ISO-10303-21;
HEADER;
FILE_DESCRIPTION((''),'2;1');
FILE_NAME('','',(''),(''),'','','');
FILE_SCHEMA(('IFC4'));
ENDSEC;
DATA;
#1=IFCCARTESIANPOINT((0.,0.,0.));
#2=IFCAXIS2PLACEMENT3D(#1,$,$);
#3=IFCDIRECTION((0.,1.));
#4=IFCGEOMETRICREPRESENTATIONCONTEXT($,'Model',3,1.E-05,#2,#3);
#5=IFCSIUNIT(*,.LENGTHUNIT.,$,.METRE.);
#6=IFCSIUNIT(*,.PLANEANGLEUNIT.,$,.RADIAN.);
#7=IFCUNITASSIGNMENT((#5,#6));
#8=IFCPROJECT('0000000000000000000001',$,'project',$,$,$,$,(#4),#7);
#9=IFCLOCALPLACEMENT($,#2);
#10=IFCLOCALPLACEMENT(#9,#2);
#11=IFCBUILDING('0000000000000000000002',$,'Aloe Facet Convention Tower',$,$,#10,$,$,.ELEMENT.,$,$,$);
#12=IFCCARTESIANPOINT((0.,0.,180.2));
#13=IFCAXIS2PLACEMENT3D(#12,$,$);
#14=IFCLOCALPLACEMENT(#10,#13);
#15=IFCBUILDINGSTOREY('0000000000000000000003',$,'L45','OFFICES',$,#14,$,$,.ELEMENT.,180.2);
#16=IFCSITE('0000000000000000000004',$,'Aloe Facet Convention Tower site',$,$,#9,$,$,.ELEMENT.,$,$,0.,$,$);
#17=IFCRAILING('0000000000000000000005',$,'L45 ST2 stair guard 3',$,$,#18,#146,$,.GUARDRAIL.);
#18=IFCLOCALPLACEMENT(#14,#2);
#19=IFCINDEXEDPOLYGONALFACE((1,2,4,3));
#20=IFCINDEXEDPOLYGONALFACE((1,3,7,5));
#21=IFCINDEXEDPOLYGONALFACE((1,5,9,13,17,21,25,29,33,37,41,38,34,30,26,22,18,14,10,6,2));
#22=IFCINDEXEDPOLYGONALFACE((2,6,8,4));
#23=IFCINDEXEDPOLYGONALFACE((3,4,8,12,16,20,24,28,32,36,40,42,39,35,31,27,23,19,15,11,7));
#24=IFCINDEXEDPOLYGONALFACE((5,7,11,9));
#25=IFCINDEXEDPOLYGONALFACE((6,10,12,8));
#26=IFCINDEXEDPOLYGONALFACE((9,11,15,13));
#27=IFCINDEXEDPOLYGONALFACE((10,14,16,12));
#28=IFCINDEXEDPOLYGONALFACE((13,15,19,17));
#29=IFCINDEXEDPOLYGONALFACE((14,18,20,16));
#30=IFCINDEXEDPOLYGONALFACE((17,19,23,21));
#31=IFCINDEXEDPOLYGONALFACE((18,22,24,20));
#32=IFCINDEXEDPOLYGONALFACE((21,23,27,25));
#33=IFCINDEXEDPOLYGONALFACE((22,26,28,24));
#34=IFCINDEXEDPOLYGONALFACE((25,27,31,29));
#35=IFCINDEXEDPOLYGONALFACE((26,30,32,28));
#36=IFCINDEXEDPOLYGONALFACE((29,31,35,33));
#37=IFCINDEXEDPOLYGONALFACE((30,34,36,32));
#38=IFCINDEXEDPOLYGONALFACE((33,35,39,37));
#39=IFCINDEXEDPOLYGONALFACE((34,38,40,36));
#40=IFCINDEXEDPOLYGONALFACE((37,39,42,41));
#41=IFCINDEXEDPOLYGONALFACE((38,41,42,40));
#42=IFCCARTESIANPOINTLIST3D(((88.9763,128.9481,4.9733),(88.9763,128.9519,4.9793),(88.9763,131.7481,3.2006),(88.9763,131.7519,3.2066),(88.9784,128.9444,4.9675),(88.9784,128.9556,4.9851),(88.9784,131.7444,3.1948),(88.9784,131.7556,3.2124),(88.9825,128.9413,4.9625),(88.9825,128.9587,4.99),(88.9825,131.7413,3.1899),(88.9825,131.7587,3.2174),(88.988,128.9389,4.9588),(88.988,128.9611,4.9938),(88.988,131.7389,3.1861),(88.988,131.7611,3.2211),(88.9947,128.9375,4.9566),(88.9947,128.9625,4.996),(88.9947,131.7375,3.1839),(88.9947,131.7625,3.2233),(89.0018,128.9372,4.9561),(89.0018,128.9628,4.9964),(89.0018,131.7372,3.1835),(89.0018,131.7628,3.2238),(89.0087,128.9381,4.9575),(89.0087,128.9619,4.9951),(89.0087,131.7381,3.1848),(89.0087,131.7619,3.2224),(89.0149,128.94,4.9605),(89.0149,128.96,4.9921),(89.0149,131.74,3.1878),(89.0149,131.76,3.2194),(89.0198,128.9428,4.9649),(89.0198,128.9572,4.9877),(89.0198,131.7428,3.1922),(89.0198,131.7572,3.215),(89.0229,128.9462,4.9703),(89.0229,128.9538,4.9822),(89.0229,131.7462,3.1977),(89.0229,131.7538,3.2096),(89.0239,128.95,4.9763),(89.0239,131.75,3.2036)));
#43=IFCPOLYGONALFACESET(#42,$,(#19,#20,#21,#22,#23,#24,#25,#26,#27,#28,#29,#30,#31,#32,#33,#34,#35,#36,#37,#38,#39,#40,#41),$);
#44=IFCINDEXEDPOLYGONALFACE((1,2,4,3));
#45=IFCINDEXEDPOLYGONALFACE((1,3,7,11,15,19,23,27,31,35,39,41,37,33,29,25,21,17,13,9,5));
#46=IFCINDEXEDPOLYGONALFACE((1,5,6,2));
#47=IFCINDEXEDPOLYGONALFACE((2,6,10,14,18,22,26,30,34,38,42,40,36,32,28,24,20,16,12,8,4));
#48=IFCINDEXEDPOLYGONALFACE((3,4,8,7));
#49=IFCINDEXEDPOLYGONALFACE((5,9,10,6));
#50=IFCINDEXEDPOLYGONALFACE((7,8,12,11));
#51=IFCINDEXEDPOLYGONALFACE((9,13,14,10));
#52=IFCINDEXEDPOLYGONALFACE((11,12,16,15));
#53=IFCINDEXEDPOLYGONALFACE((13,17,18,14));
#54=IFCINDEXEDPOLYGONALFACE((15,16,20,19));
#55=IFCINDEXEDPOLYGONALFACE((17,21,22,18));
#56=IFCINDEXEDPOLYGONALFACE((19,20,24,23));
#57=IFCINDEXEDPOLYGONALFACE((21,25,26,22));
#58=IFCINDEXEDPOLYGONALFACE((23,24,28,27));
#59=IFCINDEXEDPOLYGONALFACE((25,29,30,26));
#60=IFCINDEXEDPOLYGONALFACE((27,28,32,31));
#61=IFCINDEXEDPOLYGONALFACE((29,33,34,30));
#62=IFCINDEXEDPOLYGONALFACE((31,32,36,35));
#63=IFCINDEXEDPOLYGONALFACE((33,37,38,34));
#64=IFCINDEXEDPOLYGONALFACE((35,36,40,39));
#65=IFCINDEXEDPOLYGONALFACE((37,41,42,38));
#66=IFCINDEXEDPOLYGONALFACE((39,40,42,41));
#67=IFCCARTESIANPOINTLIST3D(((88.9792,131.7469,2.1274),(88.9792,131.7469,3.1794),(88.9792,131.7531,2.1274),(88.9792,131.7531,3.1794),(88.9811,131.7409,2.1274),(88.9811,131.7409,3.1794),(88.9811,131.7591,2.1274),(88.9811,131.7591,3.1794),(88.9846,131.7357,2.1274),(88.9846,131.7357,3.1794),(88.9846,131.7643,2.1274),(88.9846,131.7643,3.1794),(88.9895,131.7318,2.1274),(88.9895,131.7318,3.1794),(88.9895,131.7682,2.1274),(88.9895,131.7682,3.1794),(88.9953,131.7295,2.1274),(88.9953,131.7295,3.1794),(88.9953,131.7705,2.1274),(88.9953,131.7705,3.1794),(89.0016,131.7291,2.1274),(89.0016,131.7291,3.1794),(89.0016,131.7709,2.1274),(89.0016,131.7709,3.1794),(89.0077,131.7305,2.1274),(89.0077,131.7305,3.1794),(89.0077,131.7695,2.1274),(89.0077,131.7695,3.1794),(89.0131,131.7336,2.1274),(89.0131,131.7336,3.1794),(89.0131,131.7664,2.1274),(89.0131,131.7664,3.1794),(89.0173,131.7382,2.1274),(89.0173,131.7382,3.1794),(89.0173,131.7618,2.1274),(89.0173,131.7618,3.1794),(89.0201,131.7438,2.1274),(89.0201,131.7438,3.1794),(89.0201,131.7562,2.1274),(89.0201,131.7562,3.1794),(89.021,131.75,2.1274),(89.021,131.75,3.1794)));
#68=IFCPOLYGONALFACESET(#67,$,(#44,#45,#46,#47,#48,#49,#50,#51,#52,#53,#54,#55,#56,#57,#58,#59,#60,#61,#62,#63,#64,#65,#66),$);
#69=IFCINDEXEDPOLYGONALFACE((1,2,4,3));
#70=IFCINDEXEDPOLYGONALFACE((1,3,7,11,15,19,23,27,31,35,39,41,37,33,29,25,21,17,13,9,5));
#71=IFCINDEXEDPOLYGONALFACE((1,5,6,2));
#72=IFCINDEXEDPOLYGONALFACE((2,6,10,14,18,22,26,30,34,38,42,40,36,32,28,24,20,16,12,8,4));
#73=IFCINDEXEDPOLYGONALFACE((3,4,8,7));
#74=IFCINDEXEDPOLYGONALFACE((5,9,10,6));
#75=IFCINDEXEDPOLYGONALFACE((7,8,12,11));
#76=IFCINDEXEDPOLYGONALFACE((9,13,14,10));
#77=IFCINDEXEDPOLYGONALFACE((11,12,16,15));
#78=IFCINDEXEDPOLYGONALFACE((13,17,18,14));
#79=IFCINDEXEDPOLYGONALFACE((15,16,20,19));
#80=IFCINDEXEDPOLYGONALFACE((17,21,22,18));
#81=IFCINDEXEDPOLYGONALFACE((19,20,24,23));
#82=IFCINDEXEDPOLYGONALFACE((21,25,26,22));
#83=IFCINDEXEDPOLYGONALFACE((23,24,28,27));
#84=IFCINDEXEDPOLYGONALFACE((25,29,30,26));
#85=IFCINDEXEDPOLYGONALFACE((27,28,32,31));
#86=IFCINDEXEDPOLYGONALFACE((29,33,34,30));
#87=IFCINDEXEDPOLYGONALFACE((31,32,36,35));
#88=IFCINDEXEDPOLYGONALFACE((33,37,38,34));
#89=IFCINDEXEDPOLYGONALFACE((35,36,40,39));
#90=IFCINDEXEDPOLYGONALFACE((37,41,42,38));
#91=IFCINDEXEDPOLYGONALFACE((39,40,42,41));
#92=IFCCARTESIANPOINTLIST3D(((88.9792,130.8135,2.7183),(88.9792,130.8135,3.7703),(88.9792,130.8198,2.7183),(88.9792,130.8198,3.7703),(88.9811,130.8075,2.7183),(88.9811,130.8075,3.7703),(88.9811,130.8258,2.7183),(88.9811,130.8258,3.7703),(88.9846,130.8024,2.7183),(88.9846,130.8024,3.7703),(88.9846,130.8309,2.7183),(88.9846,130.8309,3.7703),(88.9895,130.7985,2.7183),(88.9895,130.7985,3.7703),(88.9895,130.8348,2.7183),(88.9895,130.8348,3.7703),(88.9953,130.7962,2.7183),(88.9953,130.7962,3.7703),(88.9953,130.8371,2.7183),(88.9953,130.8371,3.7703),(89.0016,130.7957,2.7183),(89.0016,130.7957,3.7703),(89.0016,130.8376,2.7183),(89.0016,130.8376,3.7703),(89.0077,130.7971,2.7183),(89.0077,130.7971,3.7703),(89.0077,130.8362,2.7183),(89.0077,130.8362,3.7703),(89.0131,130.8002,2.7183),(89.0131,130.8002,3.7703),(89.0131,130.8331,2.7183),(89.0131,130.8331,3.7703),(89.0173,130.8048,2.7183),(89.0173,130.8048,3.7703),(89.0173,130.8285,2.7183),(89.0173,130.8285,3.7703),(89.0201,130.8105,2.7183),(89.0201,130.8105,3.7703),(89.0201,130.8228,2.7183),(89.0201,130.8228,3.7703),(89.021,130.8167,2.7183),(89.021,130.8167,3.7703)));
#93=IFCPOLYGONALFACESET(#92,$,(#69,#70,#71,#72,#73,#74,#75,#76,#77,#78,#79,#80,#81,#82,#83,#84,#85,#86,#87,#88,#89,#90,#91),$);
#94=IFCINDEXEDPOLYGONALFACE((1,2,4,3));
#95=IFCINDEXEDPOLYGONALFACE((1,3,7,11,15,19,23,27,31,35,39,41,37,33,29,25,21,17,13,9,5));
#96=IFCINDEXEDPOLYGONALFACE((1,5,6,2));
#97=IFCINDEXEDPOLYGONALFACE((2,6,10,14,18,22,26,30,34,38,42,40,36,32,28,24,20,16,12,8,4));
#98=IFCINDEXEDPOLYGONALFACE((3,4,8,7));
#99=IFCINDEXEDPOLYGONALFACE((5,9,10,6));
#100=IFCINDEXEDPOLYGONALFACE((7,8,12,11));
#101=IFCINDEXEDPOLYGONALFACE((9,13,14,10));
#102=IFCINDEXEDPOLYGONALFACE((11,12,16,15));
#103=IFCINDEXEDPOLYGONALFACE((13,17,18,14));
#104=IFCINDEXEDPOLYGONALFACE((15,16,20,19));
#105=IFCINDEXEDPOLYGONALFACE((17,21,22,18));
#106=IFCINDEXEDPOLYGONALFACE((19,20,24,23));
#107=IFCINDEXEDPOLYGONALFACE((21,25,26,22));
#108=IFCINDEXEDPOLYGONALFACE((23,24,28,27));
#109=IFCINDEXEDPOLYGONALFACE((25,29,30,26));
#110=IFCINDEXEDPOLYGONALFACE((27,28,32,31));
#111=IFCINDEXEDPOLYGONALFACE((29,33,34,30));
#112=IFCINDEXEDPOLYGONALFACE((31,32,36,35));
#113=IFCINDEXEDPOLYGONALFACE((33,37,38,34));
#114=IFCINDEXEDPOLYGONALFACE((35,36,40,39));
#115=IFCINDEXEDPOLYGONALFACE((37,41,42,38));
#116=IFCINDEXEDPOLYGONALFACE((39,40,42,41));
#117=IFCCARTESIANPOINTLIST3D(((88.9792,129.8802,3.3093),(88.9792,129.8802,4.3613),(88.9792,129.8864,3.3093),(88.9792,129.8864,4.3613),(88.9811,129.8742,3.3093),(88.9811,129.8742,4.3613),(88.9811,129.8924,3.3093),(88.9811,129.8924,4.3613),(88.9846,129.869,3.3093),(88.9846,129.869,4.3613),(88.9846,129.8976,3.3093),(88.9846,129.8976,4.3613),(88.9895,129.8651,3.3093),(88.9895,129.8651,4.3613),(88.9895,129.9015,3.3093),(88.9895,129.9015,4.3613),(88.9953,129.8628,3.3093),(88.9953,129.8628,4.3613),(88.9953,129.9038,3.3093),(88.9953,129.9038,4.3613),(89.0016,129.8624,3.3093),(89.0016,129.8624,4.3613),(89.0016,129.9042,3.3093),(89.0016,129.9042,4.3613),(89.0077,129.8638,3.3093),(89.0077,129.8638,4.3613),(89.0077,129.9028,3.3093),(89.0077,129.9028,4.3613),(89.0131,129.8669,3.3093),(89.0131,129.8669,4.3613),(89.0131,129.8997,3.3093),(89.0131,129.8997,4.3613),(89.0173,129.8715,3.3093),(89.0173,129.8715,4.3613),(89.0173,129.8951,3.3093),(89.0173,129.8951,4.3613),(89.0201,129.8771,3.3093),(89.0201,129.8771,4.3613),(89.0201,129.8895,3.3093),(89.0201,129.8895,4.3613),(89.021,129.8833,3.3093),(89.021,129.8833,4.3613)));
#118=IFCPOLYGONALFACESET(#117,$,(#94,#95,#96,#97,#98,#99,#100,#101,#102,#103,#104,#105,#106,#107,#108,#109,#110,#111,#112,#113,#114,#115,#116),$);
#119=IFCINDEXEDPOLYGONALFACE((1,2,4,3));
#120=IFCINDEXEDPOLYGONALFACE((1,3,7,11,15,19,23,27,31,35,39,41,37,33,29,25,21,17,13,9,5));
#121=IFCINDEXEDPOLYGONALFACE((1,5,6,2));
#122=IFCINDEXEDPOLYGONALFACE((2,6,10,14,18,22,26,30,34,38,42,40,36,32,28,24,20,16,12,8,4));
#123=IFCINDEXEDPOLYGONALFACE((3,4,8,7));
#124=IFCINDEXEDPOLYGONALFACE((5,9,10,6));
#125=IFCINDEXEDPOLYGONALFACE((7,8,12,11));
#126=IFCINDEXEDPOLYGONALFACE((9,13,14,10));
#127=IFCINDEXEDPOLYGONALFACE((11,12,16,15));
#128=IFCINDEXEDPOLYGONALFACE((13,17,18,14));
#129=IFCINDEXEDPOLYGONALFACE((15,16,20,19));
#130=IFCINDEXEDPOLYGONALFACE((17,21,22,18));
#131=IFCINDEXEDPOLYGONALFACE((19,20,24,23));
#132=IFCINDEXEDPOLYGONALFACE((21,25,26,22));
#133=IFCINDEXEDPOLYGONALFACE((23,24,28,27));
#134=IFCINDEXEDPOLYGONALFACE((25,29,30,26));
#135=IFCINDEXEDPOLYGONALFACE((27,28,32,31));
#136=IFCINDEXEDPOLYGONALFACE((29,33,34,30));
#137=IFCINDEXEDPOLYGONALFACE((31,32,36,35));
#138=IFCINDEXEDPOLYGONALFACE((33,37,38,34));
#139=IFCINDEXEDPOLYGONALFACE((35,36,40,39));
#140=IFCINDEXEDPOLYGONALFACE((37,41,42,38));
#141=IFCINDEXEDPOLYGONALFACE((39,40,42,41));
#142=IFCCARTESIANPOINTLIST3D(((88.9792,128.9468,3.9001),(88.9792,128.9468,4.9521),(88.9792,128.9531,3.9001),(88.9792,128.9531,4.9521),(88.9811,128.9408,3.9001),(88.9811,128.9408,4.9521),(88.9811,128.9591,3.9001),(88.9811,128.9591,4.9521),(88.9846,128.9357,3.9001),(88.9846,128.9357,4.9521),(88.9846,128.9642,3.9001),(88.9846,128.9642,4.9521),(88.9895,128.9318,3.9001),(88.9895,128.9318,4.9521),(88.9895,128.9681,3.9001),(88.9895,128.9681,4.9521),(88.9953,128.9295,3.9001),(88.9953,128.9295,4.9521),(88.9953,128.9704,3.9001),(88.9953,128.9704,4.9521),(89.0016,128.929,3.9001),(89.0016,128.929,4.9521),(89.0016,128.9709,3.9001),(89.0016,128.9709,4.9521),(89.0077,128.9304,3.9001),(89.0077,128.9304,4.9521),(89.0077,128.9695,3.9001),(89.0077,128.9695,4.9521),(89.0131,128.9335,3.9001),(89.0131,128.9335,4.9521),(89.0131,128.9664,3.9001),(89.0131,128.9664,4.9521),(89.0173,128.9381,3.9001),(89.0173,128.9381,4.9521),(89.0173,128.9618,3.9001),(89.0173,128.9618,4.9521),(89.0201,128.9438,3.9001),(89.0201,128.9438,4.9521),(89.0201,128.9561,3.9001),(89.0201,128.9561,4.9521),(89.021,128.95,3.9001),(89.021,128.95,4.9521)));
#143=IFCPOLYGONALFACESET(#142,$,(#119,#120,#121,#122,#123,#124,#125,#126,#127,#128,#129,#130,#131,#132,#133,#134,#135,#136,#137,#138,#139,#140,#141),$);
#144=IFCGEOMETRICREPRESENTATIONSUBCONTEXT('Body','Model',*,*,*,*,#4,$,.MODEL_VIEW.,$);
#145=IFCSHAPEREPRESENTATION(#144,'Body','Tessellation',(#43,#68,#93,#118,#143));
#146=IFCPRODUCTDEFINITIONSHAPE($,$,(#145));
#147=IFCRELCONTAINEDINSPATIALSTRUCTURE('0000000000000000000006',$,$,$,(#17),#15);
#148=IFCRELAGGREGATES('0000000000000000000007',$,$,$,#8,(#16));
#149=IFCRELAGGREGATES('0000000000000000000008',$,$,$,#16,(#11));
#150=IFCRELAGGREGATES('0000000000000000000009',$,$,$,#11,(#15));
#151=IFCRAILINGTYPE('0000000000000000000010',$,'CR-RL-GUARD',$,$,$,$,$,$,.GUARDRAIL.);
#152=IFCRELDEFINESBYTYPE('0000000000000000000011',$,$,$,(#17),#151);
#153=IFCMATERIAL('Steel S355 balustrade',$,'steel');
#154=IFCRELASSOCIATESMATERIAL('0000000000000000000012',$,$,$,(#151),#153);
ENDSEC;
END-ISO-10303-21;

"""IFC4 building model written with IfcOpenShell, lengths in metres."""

from ifc_helpers import new_model, si_unit, direction, frame, origin, origin_2d, place, context, subcontext, project, spatial, circle, extrude, material, type_object, element, save


model = new_model("IFC4")

# Units and contexts
model_context = context("Model", 3, precision=1e-05, world=origin(), true_north=direction((0.0, 1.0)))
body_context = subcontext(model_context, "Body", "Model", "MODEL_VIEW")
ifc_project = project(units=[si_unit("LENGTHUNIT", "METRE"), si_unit("PLANEANGLEUNIT", "RADIAN")], contexts=[model_context])

# Site, building, storey
site_placement = place(None, origin())
site = spatial("IfcSite", under=ifc_project, at=site_placement, Name="Aloe Facet Convention Tower site", CompositionType="ELEMENT", RefElevation=0.0)
building_placement = place(site_placement, origin())
building = spatial("IfcBuilding", under=site, at=building_placement, Name="Aloe Facet Convention Tower", CompositionType="ELEMENT")
storey_placement = place(building_placement, frame((0.0, 0.0, 180.2)))
storey = spatial("IfcBuildingStorey", under=building, at=storey_placement, Name="L45", Description="OFFICES", CompositionType="ELEMENT", Elevation=180.2)

# Railing
ifc_material_1 = material(Name="Steel S355 balustrade", Category="steel")
railing_type_1 = type_object("IfcRailingType", Name="CR-RL-GUARD", PredefinedType="GUARDRAIL", material=ifc_material_1)
railing_1_placement = place(storey_placement, frame((89.0, 131.75, 2.1274)))
element("IfcRailing", 1, at=railing_1_placement, inside=storey, type_object=railing_type_1, Name="L45 ST2 stair guard 3", PredefinedType="GUARDRAIL", context=body_context, shape_type="SweptSolid", body=[
    extrude(circle(Radius=0.0239, at=origin_2d()), frame((0.0, 0.0, 1.0762), z_axis=(0.0, -0.844909, 0.53491), x_axis=(1.0, 0.0, 0.0)), (0.0, 0.0, 1.0), 3.314),
    extrude(circle(Radius=0.021, at=origin_2d()), origin(), (0.0, 0.0, 1.0), 1.052),
    extrude(circle(Radius=0.021, at=origin_2d()), frame((0.0, -0.9333, 0.5908)), (0.0, 0.0, 1.0), 1.052),
    extrude(circle(Radius=0.021, at=origin_2d()), frame((0.0, -1.8667, 1.1819)), (0.0, 0.0, 1.0), 1.052),
    extrude(circle(Radius=0.021, at=origin_2d()), frame((0.0, -2.8, 1.7727)), (0.0, 0.0, 1.0), 1.052),
])

save(model, "model.ifc")
